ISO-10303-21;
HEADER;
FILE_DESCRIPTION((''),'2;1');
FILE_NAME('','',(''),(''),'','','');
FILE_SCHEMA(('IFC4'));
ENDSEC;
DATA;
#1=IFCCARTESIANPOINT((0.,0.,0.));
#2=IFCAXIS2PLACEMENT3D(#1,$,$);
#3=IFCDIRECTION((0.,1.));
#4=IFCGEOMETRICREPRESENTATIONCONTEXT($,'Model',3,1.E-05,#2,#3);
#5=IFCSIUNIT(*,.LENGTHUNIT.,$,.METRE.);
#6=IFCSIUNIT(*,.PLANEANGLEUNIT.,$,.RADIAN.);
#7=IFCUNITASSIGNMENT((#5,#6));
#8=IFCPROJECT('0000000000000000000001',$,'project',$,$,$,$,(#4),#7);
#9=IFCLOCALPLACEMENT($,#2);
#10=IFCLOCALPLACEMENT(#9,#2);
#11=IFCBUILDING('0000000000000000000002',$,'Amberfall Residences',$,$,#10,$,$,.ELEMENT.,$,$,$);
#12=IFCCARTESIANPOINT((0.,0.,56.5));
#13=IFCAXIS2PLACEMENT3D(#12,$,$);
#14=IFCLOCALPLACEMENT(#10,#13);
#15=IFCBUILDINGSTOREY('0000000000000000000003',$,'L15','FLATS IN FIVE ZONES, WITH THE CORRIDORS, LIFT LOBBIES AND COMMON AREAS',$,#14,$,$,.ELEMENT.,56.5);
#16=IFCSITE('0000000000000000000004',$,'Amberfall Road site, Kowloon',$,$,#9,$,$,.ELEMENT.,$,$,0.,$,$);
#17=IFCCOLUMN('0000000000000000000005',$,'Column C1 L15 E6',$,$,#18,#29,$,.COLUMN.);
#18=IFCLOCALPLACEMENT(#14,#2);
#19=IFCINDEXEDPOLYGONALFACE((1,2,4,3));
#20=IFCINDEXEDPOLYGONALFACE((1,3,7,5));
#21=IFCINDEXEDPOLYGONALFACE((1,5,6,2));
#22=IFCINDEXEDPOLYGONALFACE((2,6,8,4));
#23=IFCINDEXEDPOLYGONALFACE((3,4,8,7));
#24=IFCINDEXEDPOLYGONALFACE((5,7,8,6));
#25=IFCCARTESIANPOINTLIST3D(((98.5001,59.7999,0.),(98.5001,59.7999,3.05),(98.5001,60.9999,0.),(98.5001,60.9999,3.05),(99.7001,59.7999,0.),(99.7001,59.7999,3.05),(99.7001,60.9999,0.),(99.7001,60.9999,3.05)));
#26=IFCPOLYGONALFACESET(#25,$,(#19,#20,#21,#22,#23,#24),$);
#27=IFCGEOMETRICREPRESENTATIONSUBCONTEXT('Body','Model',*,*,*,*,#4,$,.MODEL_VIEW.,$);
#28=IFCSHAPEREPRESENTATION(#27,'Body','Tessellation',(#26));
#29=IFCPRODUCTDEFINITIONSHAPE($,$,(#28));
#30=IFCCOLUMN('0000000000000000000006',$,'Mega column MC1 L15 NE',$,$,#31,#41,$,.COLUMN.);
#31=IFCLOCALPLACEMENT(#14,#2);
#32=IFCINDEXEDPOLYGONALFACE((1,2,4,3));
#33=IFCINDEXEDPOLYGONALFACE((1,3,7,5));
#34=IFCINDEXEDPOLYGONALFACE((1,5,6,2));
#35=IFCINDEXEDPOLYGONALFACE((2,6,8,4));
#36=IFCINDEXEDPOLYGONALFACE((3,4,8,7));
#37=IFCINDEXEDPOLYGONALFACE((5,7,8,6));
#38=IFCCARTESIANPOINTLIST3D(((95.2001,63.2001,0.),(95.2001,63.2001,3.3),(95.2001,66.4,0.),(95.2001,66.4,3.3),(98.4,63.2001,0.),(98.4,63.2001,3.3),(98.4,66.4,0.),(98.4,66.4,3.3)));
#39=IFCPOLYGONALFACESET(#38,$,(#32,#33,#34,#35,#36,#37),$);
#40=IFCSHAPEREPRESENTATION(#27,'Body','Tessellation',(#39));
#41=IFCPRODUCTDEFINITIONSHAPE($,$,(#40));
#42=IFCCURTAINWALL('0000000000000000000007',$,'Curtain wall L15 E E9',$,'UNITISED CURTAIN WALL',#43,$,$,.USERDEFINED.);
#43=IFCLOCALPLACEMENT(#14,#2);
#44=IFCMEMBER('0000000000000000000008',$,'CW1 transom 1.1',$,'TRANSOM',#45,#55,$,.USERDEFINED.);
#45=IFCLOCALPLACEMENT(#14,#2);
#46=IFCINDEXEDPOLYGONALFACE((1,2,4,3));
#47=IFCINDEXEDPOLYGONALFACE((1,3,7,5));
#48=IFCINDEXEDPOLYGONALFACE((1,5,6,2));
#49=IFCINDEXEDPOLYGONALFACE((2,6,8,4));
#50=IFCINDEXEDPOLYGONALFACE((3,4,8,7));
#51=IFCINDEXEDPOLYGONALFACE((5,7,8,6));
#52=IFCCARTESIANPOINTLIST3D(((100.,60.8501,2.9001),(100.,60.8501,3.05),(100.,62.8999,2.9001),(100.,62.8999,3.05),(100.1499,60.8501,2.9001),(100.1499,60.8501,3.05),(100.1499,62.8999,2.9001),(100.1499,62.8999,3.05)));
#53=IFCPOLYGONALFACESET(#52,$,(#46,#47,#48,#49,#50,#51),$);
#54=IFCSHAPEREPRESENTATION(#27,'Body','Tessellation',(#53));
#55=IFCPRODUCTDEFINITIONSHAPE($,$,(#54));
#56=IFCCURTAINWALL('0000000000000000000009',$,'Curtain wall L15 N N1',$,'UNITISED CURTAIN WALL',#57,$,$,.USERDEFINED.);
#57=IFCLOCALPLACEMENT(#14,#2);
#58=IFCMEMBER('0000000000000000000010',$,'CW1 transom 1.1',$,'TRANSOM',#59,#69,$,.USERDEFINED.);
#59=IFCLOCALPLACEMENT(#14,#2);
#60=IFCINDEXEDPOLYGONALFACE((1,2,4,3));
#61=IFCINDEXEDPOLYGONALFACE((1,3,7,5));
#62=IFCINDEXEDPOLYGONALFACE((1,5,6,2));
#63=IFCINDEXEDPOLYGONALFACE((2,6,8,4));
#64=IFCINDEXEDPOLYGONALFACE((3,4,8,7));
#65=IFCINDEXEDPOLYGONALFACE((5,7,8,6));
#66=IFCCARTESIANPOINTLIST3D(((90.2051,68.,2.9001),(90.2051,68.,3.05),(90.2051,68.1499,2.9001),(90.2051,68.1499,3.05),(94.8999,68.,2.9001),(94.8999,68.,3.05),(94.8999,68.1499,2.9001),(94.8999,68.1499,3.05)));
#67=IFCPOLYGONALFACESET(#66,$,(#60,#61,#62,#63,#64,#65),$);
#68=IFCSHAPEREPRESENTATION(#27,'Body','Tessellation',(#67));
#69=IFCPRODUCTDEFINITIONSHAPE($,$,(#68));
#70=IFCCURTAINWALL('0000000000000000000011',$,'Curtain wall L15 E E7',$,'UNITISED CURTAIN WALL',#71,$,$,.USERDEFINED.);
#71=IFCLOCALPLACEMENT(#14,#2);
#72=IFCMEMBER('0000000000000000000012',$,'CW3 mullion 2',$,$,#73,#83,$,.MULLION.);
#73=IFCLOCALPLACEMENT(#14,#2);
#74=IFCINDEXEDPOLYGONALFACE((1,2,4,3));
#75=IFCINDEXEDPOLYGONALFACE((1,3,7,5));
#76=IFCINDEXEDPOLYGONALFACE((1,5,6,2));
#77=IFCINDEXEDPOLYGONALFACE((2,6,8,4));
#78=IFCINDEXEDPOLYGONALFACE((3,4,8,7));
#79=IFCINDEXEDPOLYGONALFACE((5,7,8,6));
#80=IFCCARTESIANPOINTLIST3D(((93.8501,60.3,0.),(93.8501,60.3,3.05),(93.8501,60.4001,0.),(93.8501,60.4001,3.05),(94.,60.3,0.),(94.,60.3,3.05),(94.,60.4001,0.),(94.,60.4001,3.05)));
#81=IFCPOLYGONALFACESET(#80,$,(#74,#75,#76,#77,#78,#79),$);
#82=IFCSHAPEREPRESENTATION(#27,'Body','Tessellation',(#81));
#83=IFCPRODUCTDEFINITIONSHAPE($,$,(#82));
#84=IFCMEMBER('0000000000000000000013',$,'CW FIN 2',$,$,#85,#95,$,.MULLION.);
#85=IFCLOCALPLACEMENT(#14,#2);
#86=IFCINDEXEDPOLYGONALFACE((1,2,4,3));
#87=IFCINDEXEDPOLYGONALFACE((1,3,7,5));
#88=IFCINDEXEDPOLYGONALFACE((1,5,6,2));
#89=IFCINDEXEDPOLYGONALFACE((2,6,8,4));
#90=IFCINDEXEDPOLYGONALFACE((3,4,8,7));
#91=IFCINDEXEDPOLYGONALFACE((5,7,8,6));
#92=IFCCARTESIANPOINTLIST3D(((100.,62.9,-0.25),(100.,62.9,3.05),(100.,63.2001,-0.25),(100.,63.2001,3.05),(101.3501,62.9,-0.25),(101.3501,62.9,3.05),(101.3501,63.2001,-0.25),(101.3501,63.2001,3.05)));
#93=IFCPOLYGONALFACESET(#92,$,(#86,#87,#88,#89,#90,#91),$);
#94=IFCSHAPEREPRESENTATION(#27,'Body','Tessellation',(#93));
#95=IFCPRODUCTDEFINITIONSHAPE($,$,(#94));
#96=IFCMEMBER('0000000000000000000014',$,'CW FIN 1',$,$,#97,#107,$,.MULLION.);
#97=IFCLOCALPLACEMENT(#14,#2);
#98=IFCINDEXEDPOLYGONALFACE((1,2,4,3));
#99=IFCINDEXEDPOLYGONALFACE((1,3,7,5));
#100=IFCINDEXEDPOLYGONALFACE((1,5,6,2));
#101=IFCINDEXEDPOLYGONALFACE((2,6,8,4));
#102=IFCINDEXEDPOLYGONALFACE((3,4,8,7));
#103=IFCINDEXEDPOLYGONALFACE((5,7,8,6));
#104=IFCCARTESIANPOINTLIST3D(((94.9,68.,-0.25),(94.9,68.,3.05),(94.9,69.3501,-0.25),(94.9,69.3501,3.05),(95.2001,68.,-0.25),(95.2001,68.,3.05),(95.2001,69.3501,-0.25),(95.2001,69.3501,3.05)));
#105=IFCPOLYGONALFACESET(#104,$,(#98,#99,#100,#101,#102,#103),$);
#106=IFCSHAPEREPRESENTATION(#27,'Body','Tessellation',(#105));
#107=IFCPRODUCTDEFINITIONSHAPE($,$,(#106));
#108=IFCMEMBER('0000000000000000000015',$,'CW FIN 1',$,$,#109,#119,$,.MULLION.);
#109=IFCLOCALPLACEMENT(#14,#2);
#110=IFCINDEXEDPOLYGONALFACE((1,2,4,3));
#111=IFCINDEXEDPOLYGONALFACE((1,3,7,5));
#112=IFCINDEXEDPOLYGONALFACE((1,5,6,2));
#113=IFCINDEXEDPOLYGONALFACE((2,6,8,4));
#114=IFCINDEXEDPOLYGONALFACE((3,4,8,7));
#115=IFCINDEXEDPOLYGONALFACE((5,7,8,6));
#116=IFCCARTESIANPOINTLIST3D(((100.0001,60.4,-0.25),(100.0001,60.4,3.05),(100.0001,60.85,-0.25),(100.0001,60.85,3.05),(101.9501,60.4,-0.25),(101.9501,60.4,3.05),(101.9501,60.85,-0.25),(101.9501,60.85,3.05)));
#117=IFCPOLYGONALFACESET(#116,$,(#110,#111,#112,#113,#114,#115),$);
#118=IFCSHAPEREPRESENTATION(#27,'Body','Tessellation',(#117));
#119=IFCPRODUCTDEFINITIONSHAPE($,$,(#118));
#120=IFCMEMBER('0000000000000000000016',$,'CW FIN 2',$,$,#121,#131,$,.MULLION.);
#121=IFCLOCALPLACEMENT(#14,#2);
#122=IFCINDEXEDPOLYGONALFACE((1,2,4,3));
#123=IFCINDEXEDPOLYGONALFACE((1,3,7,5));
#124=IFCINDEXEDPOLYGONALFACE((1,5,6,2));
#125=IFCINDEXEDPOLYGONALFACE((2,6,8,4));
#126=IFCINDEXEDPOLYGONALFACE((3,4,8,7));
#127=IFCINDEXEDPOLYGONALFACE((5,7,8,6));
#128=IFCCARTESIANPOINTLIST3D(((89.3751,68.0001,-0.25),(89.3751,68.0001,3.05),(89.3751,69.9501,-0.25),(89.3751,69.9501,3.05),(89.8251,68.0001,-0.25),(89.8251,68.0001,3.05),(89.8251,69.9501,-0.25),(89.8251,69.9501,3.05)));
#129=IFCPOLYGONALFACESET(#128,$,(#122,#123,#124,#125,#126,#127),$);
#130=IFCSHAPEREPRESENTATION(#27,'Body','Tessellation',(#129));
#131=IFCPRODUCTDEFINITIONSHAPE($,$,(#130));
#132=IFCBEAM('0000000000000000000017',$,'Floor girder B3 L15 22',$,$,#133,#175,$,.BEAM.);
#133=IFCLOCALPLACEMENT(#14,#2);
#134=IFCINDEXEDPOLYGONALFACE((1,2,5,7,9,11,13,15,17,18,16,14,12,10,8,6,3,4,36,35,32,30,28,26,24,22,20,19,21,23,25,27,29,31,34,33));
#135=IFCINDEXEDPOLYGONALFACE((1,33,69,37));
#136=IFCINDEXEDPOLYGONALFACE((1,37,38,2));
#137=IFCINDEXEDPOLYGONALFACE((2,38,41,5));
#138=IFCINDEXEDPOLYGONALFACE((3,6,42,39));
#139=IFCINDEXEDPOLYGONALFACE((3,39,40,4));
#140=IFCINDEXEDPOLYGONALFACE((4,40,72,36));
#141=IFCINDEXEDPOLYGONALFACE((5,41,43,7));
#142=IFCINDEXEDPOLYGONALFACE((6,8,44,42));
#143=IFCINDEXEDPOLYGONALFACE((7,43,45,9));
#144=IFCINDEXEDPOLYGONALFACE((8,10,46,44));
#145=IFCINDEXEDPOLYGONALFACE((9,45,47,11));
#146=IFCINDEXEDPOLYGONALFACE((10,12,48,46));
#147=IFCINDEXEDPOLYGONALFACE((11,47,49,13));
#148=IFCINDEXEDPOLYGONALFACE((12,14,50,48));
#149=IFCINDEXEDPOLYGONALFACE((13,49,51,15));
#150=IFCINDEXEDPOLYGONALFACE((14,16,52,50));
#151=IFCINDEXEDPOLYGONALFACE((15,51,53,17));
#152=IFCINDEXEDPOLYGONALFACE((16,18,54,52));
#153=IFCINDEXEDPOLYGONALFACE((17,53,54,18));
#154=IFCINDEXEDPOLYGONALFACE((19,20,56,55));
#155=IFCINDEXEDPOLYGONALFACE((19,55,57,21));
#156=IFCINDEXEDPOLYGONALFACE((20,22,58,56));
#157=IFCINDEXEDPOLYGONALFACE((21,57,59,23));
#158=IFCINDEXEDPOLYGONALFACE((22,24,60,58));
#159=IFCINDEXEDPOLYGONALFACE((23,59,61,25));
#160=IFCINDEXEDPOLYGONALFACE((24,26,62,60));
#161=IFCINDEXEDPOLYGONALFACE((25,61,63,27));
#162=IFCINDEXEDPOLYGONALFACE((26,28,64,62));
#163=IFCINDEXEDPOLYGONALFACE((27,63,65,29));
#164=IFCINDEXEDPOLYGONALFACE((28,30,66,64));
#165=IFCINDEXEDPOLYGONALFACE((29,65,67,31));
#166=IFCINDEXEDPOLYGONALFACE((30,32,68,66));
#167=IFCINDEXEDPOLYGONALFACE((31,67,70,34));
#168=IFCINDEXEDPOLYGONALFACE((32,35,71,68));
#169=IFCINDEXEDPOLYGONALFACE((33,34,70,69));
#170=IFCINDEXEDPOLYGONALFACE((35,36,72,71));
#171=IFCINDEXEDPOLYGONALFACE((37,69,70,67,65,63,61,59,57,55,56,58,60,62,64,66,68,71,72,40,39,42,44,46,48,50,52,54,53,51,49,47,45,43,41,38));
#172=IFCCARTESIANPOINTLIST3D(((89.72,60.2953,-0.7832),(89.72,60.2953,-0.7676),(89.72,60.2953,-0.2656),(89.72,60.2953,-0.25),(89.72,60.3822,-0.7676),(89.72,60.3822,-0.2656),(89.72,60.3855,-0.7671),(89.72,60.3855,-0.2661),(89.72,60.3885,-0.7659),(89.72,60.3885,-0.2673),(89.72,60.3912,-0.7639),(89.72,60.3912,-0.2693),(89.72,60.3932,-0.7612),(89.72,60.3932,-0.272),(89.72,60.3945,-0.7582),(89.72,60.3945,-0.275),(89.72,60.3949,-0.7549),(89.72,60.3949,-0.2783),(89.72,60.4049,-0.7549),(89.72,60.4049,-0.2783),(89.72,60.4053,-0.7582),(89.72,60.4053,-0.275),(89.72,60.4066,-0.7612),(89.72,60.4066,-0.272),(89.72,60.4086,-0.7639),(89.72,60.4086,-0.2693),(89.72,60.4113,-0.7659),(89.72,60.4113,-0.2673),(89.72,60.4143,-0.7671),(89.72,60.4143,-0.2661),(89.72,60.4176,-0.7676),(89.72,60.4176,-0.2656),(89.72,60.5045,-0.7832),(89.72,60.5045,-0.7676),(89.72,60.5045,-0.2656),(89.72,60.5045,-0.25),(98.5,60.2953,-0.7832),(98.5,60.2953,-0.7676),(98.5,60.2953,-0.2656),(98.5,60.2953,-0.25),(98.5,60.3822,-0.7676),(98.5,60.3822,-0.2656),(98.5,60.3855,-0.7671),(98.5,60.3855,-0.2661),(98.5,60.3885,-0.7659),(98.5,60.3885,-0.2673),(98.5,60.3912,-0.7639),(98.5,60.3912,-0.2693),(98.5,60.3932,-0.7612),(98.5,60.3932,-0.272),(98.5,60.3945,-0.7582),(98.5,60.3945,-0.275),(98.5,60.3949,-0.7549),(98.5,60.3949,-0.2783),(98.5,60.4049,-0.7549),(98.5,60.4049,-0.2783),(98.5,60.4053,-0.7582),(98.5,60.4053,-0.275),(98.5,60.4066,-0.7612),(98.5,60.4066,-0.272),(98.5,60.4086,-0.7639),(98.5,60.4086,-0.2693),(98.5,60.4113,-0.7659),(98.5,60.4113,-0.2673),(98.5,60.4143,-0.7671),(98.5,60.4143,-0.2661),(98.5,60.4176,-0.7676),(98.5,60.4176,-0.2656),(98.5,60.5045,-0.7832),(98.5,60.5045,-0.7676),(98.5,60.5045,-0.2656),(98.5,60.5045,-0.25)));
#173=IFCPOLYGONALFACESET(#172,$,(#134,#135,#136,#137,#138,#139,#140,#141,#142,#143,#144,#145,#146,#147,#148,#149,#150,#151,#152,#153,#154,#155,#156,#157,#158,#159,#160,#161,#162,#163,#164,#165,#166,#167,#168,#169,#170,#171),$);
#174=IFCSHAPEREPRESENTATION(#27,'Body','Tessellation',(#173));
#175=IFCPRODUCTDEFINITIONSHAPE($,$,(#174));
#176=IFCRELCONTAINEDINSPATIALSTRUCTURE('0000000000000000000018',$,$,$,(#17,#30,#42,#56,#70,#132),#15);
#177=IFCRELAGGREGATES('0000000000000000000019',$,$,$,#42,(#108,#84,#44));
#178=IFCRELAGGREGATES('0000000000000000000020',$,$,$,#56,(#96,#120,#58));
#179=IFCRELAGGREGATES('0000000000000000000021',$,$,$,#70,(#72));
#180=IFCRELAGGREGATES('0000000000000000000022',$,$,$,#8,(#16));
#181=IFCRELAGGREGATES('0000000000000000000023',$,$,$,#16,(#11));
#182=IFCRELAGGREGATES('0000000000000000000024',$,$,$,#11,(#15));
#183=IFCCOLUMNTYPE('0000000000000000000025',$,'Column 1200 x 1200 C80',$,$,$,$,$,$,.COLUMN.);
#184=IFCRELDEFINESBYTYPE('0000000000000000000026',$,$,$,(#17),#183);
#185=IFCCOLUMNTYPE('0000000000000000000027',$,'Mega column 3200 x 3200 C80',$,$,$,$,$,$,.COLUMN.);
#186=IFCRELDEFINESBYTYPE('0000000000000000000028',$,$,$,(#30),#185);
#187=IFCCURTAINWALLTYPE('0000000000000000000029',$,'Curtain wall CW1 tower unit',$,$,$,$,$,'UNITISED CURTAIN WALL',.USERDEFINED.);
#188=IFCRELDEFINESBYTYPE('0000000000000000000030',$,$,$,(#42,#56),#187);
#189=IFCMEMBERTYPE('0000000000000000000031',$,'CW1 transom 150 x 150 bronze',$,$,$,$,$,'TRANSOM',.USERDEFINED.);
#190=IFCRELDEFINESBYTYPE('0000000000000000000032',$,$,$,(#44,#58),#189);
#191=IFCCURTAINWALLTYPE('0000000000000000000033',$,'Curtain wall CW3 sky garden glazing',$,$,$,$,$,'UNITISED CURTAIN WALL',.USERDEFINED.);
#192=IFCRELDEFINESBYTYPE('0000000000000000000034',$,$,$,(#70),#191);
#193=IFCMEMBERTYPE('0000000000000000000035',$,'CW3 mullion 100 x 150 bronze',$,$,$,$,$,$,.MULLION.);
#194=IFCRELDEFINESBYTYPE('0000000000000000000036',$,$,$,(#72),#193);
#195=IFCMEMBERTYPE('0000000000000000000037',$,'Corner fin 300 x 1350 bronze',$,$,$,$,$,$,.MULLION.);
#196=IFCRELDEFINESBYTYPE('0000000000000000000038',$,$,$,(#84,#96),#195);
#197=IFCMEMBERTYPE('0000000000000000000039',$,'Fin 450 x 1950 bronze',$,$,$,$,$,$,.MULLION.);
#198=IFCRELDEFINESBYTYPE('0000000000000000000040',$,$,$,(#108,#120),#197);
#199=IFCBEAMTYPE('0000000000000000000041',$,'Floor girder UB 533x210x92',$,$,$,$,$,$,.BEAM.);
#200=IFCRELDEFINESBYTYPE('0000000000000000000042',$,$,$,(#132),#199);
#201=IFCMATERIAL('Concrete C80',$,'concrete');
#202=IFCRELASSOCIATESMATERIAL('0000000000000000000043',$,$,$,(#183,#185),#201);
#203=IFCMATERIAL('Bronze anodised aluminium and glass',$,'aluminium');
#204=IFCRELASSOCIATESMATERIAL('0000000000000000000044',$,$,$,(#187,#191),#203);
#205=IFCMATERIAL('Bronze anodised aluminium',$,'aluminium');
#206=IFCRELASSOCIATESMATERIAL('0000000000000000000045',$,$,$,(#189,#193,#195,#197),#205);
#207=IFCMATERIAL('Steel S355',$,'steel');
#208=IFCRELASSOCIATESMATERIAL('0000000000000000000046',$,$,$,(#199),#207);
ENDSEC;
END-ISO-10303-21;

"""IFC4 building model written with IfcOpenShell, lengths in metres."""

from ifc_helpers import new_model, si_unit, direction, frame, origin, origin_2d, place, context, subcontext, project, spatial, rectangle, i_section, extrude, material, material_profile, profile_set, type_object, element, aggregate, save


model = new_model("IFC4")

# Units and contexts
model_context = context("Model", 3, precision=1e-05, world=origin(), true_north=direction((0.0, 1.0)))
body_context = subcontext(model_context, "Body", "Model", "MODEL_VIEW")
ifc_project = project(units=[si_unit("LENGTHUNIT", "METRE"), si_unit("PLANEANGLEUNIT", "RADIAN")], contexts=[model_context])

# Site, building, storey
site_placement = place(None, origin())
site = spatial("IfcSite", under=ifc_project, at=site_placement, Name="Amberfall Road site, Kowloon", CompositionType="ELEMENT", RefElevation=0.0)
building_placement = place(site_placement, origin())
building = spatial("IfcBuilding", under=site, at=building_placement, Name="Amberfall Residences", CompositionType="ELEMENT")
storey_placement = place(building_placement, frame((0.0, 0.0, 56.5)))
storey = spatial("IfcBuildingStorey", under=building, at=storey_placement, Name="L15", Description="FLATS IN FIVE ZONES, WITH THE CORRIDORS, LIFT LOBBIES AND COMMON AREAS", CompositionType="ELEMENT", Elevation=56.5)

# Columns
ifc_material_1 = material(Name="Concrete C80", Category="concrete")
ifc_material_profile_1 = material_profile(ifc_material_1, rectangle(XDim=1.2, YDim=1.2, at=origin_2d()), Name="Column 1200 x 1200 C80")
ifc_profile_set_1 = profile_set([ifc_material_profile_1], Name="Concrete C80")
column_type_1 = type_object("IfcColumnType", Name="Column 1200 x 1200 C80", PredefinedType="COLUMN", material=ifc_profile_set_1)
column_1_placement = place(storey_placement, frame((99.1001, 60.3999, 0.0), z_axis=(0.0, 0.0, 1.0), x_axis=(1.0, 0.0, 0.0)))
element("IfcColumn", 1, at=column_1_placement, inside=storey, type_object=column_type_1, Name="Column C1 L15 E6", PredefinedType="COLUMN", context=body_context, shape_type="SweptSolid", body=[
    extrude(rectangle(XDim=1.2, YDim=1.2, at=origin_2d()), origin(), (0.0, 0.0, 1.0), 3.05),
])
ifc_material_profile_2 = material_profile(ifc_material_1, rectangle(XDim=3.2, YDim=3.2, at=origin_2d()), Name="Mega column 3200 x 3200 C80")
ifc_profile_set_2 = profile_set([ifc_material_profile_2], Name="Concrete C80")
column_type_2 = type_object("IfcColumnType", Name="Mega column 3200 x 3200 C80", PredefinedType="COLUMN", material=ifc_profile_set_2)
column_2_placement = place(storey_placement, frame((96.8, 64.8, 0.0), z_axis=(0.0, 0.0, 1.0), x_axis=(1.0, 0.0, 0.0)))
element("IfcColumn", 2, at=column_2_placement, inside=storey, type_object=column_type_2, Name="Mega column MC1 L15 NE", PredefinedType="COLUMN", context=body_context, shape_type="SweptSolid", body=[
    extrude(rectangle(XDim=3.2, YDim=3.2, at=origin_2d()), origin(), (0.0, 0.0, 1.0), 3.3),
])

# Curtain walls, members
ifc_material_2 = material(Name="Bronze anodised aluminium and glass", Category="aluminium")
curtain_wall_type_1 = type_object("IfcCurtainWallType", Name="Curtain wall CW1 tower unit", ElementType="UNITISED CURTAIN WALL", PredefinedType="USERDEFINED", material=ifc_material_2)
curtain_wall_1_placement = place(storey_placement, origin())
curtain_wall_1 = element("IfcCurtainWall", 3, at=curtain_wall_1_placement, inside=storey, type_object=curtain_wall_type_1, Name="Curtain wall L15 E E9", ObjectType="UNITISED CURTAIN WALL", PredefinedType="USERDEFINED")
ifc_material_3 = material(Name="Bronze anodised aluminium", Category="aluminium")
ifc_material_profile_3 = material_profile(ifc_material_3, rectangle(XDim=0.1499, YDim=0.1499, at=origin_2d()), Name="CW1 transom 150 x 150 bronze")
ifc_profile_set_3 = profile_set([ifc_material_profile_3], Name="Bronze anodised aluminium")
member_type_1 = type_object("IfcMemberType", Name="CW1 transom 150 x 150 bronze", ElementType="TRANSOM", PredefinedType="USERDEFINED", material=ifc_profile_set_3)
member_1_placement = place(storey_placement, frame((100.075, 60.8501, 2.9751), z_axis=(0.0, 1.0, 0.0), x_axis=(-1.0, 0.0, 0.0)))
member_1 = element("IfcMember", 4, at=member_1_placement, type_object=member_type_1, Name="CW1 transom 1.1", ObjectType="TRANSOM", PredefinedType="USERDEFINED", context=body_context, shape_type="SweptSolid", body=[
    extrude(rectangle(XDim=0.1499, YDim=0.1499, at=origin_2d()), origin(), (0.0, 0.0, 1.0), 2.0498),
])
curtain_wall_2_placement = place(storey_placement, origin())
curtain_wall_2 = element("IfcCurtainWall", 5, at=curtain_wall_2_placement, inside=storey, type_object=curtain_wall_type_1, Name="Curtain wall L15 N N1", ObjectType="UNITISED CURTAIN WALL", PredefinedType="USERDEFINED")
member_2_placement = place(storey_placement, frame((94.8999, 68.075, 2.9751), z_axis=(-1.0, 0.0, 0.0), x_axis=(0.0, -1.0, 0.0)))
member_2 = element("IfcMember", 6, at=member_2_placement, type_object=member_type_1, Name="CW1 transom 1.1", ObjectType="TRANSOM", PredefinedType="USERDEFINED", context=body_context, shape_type="SweptSolid", body=[
    extrude(rectangle(XDim=0.1499, YDim=0.1499, at=origin_2d()), origin(), (0.0, 0.0, 1.0), 4.6948),
])
curtain_wall_type_2 = type_object("IfcCurtainWallType", Name="Curtain wall CW3 sky garden glazing", ElementType="UNITISED CURTAIN WALL", PredefinedType="USERDEFINED", material=ifc_material_2)
curtain_wall_3_placement = place(storey_placement, origin())
curtain_wall_3 = element("IfcCurtainWall", 7, at=curtain_wall_3_placement, inside=storey, type_object=curtain_wall_type_2, Name="Curtain wall L15 E E7", ObjectType="UNITISED CURTAIN WALL", PredefinedType="USERDEFINED")
ifc_material_profile_4 = material_profile(ifc_material_3, rectangle(XDim=0.1499, YDim=0.1001, at=origin_2d()), Name="CW3 mullion 100 x 150 bronze")
ifc_profile_set_4 = profile_set([ifc_material_profile_4], Name="Bronze anodised aluminium")
member_type_2 = type_object("IfcMemberType", Name="CW3 mullion 100 x 150 bronze", PredefinedType="MULLION", material=ifc_profile_set_4)
member_3_placement = place(storey_placement, frame((93.925, 60.3501, 0.0), z_axis=(0.0, 0.0, 1.0), x_axis=(-1.0, 0.0, 0.0)))
member_3 = element("IfcMember", 8, at=member_3_placement, type_object=member_type_2, Name="CW3 mullion 2", PredefinedType="MULLION", context=body_context, shape_type="SweptSolid", body=[
    extrude(rectangle(XDim=0.1499, YDim=0.1001, at=origin_2d()), origin(), (0.0, 0.0, 1.0), 3.05),
])

# Members
ifc_material_profile_5 = material_profile(ifc_material_3, rectangle(XDim=1.3501, YDim=0.3, at=origin_2d()), Name="Corner fin 300 x 1350 bronze")
ifc_profile_set_5 = profile_set([ifc_material_profile_5], Name="Bronze anodised aluminium")
member_type_3 = type_object("IfcMemberType", Name="Corner fin 300 x 1350 bronze", PredefinedType="MULLION", material=ifc_profile_set_5)
member_4_placement = place(storey_placement, frame((100.675, 63.05, -0.25), z_axis=(0.0, 0.0, 1.0), x_axis=(-1.0, 0.0, 0.0)))
member_4 = element("IfcMember", 9, at=member_4_placement, type_object=member_type_3, Name="CW FIN 2", PredefinedType="MULLION", context=body_context, shape_type="SweptSolid", body=[
    extrude(rectangle(XDim=1.3501, YDim=0.3, at=origin_2d()), origin(), (0.0, 0.0, 1.0), 3.3),
])
member_5_placement = place(storey_placement, frame((95.05, 68.675, -0.25), z_axis=(0.0, 0.0, 1.0), x_axis=(0.0, -1.0, 0.0)))
member_5 = element("IfcMember", 10, at=member_5_placement, type_object=member_type_3, Name="CW FIN 1", PredefinedType="MULLION", context=body_context, shape_type="SweptSolid", body=[
    extrude(rectangle(XDim=1.3501, YDim=0.3, at=origin_2d()), origin(), (0.0, 0.0, 1.0), 3.3),
])
ifc_material_profile_6 = material_profile(ifc_material_3, rectangle(XDim=1.95, YDim=0.45, at=origin_2d()), Name="Fin 450 x 1950 bronze")
ifc_profile_set_6 = profile_set([ifc_material_profile_6], Name="Bronze anodised aluminium")
member_type_4 = type_object("IfcMemberType", Name="Fin 450 x 1950 bronze", PredefinedType="MULLION", material=ifc_profile_set_6)
member_6_placement = place(storey_placement, frame((100.9751, 60.625, -0.25), z_axis=(0.0, 0.0, 1.0), x_axis=(-1.0, 0.0, 0.0)))
member_6 = element("IfcMember", 11, at=member_6_placement, type_object=member_type_4, Name="CW FIN 1", PredefinedType="MULLION", context=body_context, shape_type="SweptSolid", body=[
    extrude(rectangle(XDim=1.95, YDim=0.45, at=origin_2d()), origin(), (0.0, 0.0, 1.0), 3.3),
])
member_7_placement = place(storey_placement, frame((89.6001, 68.9751, -0.25), z_axis=(0.0, 0.0, 1.0), x_axis=(0.0, -1.0, 0.0)))
member_7 = element("IfcMember", 12, at=member_7_placement, type_object=member_type_4, Name="CW FIN 2", PredefinedType="MULLION", context=body_context, shape_type="SweptSolid", body=[
    extrude(rectangle(XDim=1.95, YDim=0.45, at=origin_2d()), origin(), (0.0, 0.0, 1.0), 3.3),
])

# Beam
ifc_material_4 = material(Name="Steel S355", Category="steel")
ifc_material_profile_7 = material_profile(ifc_material_4, i_section(OverallWidth=0.2092, OverallDepth=0.5332, WebThickness=0.01, FlangeThickness=0.0156, FilletRadius=0.0127, at=origin_2d()), Name="UB 533x210x92")
ifc_profile_set_7 = profile_set([ifc_material_profile_7], Name="Steel S355")
beam_type_1 = type_object("IfcBeamType", Name="Floor girder UB 533x210x92", PredefinedType="BEAM", material=ifc_profile_set_7)
beam_1_placement = place(storey_placement, frame((98.5, 60.3999, -0.5166), z_axis=(-1.0, 0.0, 0.0), x_axis=(0.0, -1.0, 0.0)))
element("IfcBeam", 13, at=beam_1_placement, inside=storey, type_object=beam_type_1, Name="Floor girder B3 L15 22", PredefinedType="BEAM", context=body_context, shape_type="SweptSolid", body=[
    extrude(i_section(OverallWidth=0.2092, OverallDepth=0.5332, WebThickness=0.01, FlangeThickness=0.0156, FilletRadius=0.0127, at=origin_2d()), origin(), (0.0, 0.0, 1.0), 8.78),
])

aggregate(curtain_wall_1, [member_6, member_4, member_1])
aggregate(curtain_wall_2, [member_5, member_7, member_2])
aggregate(curtain_wall_3, [member_3])

save(model, "model.ifc")
